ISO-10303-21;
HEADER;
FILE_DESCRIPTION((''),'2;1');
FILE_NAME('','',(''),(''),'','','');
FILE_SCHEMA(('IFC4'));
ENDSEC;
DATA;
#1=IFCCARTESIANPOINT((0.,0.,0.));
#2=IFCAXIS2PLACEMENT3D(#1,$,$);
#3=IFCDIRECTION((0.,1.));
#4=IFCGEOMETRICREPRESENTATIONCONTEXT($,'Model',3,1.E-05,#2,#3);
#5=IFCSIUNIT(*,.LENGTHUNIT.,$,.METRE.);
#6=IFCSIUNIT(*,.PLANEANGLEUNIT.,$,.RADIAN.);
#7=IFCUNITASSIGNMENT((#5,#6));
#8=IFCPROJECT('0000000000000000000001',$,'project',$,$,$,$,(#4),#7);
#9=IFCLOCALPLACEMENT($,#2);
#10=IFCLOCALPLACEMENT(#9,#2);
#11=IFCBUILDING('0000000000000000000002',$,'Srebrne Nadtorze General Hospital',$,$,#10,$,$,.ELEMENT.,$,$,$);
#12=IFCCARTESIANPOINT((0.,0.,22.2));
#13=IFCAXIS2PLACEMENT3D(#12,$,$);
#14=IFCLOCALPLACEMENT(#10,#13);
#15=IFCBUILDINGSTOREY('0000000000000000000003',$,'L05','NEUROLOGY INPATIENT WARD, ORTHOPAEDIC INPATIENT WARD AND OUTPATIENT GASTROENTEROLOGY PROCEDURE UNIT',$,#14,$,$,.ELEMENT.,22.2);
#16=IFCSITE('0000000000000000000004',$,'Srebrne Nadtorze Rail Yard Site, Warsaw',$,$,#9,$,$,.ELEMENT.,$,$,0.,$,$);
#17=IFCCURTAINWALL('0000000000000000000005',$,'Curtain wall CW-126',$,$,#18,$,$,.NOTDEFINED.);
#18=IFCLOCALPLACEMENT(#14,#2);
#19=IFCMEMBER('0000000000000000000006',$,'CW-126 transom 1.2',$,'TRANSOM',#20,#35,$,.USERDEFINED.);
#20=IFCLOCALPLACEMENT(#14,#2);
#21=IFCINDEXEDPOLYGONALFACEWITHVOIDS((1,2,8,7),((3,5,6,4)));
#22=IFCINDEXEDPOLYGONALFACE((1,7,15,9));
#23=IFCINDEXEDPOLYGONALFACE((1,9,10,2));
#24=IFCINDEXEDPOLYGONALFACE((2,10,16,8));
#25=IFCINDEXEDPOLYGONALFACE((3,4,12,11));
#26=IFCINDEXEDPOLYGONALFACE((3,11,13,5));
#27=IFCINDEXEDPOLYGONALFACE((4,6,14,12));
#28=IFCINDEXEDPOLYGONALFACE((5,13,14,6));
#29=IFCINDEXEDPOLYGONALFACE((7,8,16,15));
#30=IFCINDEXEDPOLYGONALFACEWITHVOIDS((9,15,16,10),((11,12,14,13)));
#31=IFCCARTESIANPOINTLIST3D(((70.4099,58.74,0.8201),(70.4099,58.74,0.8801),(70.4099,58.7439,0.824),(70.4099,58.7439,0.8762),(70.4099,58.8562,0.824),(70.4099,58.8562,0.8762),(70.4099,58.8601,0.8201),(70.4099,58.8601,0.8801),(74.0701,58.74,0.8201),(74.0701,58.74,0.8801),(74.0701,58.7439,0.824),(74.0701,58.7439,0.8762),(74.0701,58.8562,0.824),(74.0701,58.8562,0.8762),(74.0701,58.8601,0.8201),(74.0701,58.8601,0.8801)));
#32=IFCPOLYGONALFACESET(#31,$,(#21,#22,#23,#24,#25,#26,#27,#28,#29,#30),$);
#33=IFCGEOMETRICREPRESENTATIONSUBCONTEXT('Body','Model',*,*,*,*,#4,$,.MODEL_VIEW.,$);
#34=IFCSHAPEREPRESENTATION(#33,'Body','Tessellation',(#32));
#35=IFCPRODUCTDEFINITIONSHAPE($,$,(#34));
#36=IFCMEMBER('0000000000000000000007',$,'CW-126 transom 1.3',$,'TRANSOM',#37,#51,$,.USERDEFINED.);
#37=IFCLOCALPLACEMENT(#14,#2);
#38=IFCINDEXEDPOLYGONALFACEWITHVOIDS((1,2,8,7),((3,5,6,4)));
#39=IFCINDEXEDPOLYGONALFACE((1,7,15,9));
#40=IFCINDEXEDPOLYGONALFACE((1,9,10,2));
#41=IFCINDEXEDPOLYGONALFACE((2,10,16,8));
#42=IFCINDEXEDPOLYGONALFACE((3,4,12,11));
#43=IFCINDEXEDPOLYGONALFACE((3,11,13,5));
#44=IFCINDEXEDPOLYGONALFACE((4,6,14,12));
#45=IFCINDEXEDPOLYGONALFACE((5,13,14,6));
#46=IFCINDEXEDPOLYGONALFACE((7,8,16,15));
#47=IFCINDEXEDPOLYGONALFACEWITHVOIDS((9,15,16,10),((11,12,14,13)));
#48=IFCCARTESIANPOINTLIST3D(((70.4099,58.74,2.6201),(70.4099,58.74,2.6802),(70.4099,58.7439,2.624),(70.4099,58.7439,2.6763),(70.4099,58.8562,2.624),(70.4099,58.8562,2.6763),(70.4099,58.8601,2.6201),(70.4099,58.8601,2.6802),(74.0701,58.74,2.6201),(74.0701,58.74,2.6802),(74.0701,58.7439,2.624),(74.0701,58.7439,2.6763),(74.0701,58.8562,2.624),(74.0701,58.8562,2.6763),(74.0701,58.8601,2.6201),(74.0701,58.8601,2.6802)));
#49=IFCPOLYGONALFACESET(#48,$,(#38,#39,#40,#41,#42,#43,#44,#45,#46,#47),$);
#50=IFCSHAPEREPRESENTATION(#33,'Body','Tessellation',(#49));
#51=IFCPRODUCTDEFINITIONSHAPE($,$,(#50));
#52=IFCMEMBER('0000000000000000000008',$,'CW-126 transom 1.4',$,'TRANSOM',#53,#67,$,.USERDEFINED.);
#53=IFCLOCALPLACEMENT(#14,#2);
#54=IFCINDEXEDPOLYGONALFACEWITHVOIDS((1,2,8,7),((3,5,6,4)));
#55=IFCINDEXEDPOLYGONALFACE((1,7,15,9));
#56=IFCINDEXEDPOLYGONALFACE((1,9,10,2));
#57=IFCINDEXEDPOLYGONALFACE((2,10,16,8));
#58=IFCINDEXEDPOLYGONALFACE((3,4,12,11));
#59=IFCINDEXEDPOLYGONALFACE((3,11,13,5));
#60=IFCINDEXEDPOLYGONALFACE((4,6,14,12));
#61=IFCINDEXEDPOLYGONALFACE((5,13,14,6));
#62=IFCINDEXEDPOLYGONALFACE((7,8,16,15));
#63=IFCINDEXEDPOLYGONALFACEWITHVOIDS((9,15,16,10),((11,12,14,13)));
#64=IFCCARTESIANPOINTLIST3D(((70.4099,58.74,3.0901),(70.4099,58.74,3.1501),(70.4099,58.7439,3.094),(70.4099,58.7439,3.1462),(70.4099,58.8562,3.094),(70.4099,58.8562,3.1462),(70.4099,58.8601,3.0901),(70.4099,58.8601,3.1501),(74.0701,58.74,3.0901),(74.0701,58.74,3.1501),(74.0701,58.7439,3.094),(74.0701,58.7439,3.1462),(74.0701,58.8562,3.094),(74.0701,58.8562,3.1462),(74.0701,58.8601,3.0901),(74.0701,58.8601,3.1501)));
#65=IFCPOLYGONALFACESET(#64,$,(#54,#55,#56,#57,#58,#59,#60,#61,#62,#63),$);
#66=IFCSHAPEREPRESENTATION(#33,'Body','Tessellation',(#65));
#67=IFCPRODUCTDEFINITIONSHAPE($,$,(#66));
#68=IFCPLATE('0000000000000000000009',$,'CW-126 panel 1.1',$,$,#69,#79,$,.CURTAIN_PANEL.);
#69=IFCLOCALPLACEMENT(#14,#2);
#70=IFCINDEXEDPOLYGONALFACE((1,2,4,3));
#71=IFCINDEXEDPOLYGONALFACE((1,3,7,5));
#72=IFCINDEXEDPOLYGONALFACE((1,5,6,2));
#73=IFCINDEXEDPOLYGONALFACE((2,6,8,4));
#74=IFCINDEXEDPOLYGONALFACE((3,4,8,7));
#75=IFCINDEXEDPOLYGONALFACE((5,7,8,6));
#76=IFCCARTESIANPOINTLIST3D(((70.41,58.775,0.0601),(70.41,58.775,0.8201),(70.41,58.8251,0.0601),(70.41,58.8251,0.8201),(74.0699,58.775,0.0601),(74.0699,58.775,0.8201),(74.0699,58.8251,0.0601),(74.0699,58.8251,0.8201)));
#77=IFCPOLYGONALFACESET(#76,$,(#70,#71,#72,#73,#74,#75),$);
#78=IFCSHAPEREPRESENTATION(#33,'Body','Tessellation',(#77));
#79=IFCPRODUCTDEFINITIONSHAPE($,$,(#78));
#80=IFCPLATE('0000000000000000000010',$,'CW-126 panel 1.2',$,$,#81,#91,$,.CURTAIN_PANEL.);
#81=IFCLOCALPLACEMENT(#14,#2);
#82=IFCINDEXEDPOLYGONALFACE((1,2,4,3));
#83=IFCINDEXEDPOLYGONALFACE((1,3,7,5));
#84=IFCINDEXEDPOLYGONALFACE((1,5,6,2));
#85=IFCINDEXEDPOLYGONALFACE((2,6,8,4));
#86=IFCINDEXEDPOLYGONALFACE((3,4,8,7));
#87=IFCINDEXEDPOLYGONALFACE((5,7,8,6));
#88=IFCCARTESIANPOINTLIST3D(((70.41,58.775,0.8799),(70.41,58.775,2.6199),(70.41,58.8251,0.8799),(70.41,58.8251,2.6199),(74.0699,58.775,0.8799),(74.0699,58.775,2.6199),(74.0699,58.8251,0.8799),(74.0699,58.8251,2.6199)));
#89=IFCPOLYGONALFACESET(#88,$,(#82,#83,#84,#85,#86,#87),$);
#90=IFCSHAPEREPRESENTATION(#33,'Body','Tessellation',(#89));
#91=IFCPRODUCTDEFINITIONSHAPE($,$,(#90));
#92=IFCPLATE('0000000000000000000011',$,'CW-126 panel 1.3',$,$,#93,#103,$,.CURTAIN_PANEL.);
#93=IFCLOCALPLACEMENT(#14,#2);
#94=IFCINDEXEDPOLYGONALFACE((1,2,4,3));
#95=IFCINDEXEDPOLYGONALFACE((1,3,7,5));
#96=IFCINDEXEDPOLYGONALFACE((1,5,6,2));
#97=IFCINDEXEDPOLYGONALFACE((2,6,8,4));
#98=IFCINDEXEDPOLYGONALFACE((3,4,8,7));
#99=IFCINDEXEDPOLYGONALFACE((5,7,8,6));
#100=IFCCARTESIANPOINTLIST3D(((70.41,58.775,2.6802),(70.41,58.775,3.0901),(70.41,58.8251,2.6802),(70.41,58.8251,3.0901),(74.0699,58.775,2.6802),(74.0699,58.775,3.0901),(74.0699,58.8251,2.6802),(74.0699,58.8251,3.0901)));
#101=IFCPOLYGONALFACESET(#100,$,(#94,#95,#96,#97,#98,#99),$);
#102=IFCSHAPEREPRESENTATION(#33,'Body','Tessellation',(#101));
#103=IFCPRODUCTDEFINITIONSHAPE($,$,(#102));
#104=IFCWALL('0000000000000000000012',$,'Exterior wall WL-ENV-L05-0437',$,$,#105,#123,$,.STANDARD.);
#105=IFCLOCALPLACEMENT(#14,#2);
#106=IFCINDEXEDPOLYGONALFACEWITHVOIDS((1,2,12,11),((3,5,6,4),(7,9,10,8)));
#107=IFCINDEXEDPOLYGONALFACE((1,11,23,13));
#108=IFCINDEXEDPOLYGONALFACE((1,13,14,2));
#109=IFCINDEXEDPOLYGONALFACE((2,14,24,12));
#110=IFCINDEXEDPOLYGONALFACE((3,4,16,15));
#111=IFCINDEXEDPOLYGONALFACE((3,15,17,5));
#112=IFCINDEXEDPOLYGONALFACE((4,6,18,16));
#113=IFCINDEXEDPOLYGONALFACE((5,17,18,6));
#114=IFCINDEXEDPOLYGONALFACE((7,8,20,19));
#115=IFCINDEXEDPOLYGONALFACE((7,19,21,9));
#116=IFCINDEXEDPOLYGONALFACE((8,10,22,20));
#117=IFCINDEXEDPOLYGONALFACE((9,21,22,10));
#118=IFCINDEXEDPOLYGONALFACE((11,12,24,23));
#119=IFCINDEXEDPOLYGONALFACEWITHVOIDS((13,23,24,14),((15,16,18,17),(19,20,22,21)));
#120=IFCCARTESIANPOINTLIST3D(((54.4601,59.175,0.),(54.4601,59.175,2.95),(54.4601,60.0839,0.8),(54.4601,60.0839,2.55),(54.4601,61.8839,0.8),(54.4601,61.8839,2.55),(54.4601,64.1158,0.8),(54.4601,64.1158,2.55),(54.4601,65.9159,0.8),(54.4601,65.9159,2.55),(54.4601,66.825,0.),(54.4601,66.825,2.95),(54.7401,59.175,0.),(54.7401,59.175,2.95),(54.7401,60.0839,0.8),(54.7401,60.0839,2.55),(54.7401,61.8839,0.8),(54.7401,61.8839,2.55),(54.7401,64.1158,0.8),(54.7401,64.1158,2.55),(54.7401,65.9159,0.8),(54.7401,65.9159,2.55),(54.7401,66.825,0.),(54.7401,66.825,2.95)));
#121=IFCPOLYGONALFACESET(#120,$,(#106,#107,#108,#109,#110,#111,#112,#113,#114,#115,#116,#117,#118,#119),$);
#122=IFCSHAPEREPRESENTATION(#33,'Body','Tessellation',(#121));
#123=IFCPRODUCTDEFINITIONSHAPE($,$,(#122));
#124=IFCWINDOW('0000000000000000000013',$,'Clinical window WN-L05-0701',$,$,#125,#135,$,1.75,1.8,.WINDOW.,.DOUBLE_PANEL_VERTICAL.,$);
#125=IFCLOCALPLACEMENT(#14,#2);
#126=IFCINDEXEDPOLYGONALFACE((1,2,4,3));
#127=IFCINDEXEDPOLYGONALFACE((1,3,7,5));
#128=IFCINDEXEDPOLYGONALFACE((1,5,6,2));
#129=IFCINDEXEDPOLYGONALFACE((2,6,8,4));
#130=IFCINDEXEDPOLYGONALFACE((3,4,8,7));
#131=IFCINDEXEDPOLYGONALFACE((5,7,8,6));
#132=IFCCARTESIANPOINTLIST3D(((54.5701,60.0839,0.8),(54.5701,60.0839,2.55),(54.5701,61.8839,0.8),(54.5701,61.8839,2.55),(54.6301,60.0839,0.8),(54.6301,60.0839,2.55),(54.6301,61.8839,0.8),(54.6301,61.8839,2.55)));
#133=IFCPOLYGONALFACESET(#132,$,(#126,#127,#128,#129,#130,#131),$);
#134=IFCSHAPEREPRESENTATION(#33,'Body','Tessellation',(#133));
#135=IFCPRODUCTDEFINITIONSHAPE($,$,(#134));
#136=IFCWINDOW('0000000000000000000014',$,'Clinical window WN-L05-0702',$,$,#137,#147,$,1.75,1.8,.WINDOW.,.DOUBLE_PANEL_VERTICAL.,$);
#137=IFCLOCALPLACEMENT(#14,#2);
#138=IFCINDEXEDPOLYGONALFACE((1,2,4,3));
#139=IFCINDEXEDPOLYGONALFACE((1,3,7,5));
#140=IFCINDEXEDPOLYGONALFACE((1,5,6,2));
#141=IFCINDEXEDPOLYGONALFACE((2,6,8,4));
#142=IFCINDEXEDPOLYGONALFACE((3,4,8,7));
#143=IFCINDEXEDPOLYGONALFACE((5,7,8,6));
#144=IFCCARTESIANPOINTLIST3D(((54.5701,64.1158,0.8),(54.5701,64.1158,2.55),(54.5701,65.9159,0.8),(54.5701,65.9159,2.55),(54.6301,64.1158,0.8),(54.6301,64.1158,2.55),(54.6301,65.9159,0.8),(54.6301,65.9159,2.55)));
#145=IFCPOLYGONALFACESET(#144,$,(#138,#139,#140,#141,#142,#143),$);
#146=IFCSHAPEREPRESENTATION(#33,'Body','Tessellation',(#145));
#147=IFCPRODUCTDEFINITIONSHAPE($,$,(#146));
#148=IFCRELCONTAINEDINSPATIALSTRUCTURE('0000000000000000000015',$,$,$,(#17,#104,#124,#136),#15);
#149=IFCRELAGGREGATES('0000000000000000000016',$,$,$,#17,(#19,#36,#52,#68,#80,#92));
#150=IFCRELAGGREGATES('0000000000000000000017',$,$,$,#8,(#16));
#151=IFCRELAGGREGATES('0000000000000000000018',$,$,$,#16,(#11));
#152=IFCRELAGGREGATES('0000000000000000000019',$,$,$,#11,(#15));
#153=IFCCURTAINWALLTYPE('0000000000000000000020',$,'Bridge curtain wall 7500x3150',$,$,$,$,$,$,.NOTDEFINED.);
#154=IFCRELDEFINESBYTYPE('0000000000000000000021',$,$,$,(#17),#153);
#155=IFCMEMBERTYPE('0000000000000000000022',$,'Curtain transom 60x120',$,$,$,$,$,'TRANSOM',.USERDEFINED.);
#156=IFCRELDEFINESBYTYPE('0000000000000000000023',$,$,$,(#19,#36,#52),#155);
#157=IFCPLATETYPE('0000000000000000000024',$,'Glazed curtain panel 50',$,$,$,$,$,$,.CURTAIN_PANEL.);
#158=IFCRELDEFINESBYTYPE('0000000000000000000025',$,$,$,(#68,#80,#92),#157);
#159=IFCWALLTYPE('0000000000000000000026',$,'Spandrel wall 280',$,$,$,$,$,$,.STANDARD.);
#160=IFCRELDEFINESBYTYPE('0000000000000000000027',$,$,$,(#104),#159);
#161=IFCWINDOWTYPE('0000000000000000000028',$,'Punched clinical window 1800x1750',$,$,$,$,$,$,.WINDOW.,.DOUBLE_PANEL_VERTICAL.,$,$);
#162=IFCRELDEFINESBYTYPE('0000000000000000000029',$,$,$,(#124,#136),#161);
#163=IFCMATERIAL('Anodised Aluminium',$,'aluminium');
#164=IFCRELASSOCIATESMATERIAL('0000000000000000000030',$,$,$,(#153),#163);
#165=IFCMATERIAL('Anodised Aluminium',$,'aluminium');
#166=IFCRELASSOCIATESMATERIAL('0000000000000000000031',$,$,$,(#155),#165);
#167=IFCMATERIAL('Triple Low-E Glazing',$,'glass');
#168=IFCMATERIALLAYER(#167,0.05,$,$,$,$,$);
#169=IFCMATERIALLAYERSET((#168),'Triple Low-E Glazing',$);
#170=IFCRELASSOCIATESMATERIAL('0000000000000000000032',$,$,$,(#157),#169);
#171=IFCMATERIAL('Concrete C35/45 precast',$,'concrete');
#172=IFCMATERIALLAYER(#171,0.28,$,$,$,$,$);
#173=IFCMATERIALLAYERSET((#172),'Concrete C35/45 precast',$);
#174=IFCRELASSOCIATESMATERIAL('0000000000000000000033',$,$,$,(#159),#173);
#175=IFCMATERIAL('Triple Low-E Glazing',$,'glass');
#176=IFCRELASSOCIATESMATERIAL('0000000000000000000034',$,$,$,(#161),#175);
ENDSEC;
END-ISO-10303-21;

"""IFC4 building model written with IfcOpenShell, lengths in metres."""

from ifc_helpers import new_model, si_unit, direction, frame, frame_2d, origin, origin_2d, place, context, subcontext, project, spatial, rectangle, hollow_rectangle, extrude, material, layer, layer_set, material_profile, profile_set, type_object, element, fill, aggregate, save


model = new_model("IFC4")

# Units and contexts
model_context = context("Model", 3, precision=1e-05, world=origin(), true_north=direction((0.0, 1.0)))
body_context = subcontext(model_context, "Body", "Model", "MODEL_VIEW")
ifc_project = project(units=[si_unit("LENGTHUNIT", "METRE"), si_unit("PLANEANGLEUNIT", "RADIAN")], contexts=[model_context])

# Site, building, storey
site_placement = place(None, origin())
site = spatial("IfcSite", under=ifc_project, at=site_placement, Name="Srebrne Nadtorze Rail Yard Site, Warsaw", CompositionType="ELEMENT", RefElevation=0.0)
building_placement = place(site_placement, origin())
building = spatial("IfcBuilding", under=site, at=building_placement, Name="Srebrne Nadtorze General Hospital", CompositionType="ELEMENT")
storey_placement = place(building_placement, frame((0.0, 0.0, 22.2)))
storey = spatial("IfcBuildingStorey", under=building, at=storey_placement, Name="L05", Description="NEUROLOGY INPATIENT WARD, ORTHOPAEDIC INPATIENT WARD AND OUTPATIENT GASTROENTEROLOGY PROCEDURE UNIT", CompositionType="ELEMENT", Elevation=22.2)

# Curtain wall, members, plates
ifc_material_1 = material(Name="Anodised Aluminium", Category="aluminium")
curtain_wall_type = type_object("IfcCurtainWallType", Name="Bridge curtain wall 7500x3150", PredefinedType="NOTDEFINED", material=ifc_material_1)
curtain_wall_placement = place(storey_placement, origin())
curtain_wall = element("IfcCurtainWall", 1, at=curtain_wall_placement, inside=storey, type_object=curtain_wall_type, Name="Curtain wall CW-126", PredefinedType="NOTDEFINED")
ifc_material_2 = material(Name="Anodised Aluminium", Category="aluminium")
ifc_material_profile_1 = material_profile(ifc_material_2, hollow_rectangle(XDim=0.0601, YDim=0.1201, WallThickness=0.0039, at=origin_2d()), Name="AL-TRN-60x120")
ifc_profile_set_1 = profile_set([ifc_material_profile_1], Name="Anodised Aluminium")
member_type_1 = type_object("IfcMemberType", Name="Curtain transom 60x120", ElementType="TRANSOM", PredefinedType="USERDEFINED", material=ifc_profile_set_1)
member_1_placement = place(storey_placement, frame((70.4099, 58.8, 0.8501), z_axis=(1.0, 0.0, 0.0), x_axis=(0.0, 0.0, 1.0)))
member_1 = element("IfcMember", 2, at=member_1_placement, type_object=member_type_1, Name="CW-126 transom 1.2", ObjectType="TRANSOM", PredefinedType="USERDEFINED", context=body_context, shape_type="SweptSolid", body=[
    extrude(hollow_rectangle(XDim=0.0601, YDim=0.1201, WallThickness=0.0039, at=origin_2d()), origin(), (0.0, 0.0, 1.0), 3.6602),
])
member_2_placement = place(storey_placement, frame((70.4099, 58.8, 2.6501), z_axis=(1.0, 0.0, 0.0), x_axis=(0.0, 0.0, 1.0)))
member_2 = element("IfcMember", 3, at=member_2_placement, type_object=member_type_1, Name="CW-126 transom 1.3", ObjectType="TRANSOM", PredefinedType="USERDEFINED", context=body_context, shape_type="SweptSolid", body=[
    extrude(hollow_rectangle(XDim=0.0601, YDim=0.1201, WallThickness=0.0039, at=origin_2d()), origin(), (0.0, 0.0, 1.0), 3.6602),
])
member_3_placement = place(storey_placement, frame((70.4099, 58.8, 3.1201), z_axis=(1.0, 0.0, 0.0), x_axis=(0.0, 0.0, 1.0)))
member_3 = element("IfcMember", 4, at=member_3_placement, type_object=member_type_1, Name="CW-126 transom 1.4", ObjectType="TRANSOM", PredefinedType="USERDEFINED", context=body_context, shape_type="SweptSolid", body=[
    extrude(hollow_rectangle(XDim=0.0601, YDim=0.1201, WallThickness=0.0039, at=origin_2d()), origin(), (0.0, 0.0, 1.0), 3.6602),
])
ifc_material_3 = material(Name="Triple Low-E Glazing", Category="glass")
ifc_layer_1 = layer(ifc_material_3, 0.05)
ifc_layer_set_1 = layer_set([ifc_layer_1], Name="Triple Low-E Glazing")
plate_type = type_object("IfcPlateType", Name="Glazed curtain panel 50", PredefinedType="CURTAIN_PANEL", material=ifc_layer_set_1)
plate_1_placement = place(storey_placement, frame((72.24, 58.8, 0.0601), z_axis=(0.0, 0.0, 1.0), x_axis=(1.0, 0.0, 0.0)))
plate_1 = element("IfcPlate", 5, at=plate_1_placement, type_object=plate_type, Name="CW-126 panel 1.1", PredefinedType="CURTAIN_PANEL", context=body_context, shape_type="SweptSolid", body=[
    extrude(rectangle(XDim=3.6599, YDim=0.05, at=origin_2d()), origin(), (0.0, 0.0, 1.0), 0.76),
])
plate_2_placement = place(storey_placement, frame((72.24, 58.8, 0.8799), z_axis=(0.0, 0.0, 1.0), x_axis=(1.0, 0.0, 0.0)))
plate_2 = element("IfcPlate", 6, at=plate_2_placement, type_object=plate_type, Name="CW-126 panel 1.2", PredefinedType="CURTAIN_PANEL", context=body_context, shape_type="SweptSolid", body=[
    extrude(rectangle(XDim=3.6599, YDim=0.05, at=origin_2d()), origin(), (0.0, 0.0, 1.0), 1.74),
])
plate_3_placement = place(storey_placement, frame((72.24, 58.8, 2.6802), z_axis=(0.0, 0.0, 1.0), x_axis=(1.0, 0.0, 0.0)))
plate_3 = element("IfcPlate", 7, at=plate_3_placement, type_object=plate_type, Name="CW-126 panel 1.3", PredefinedType="CURTAIN_PANEL", context=body_context, shape_type="SweptSolid", body=[
    extrude(rectangle(XDim=3.6599, YDim=0.05, at=origin_2d()), origin(), (0.0, 0.0, 1.0), 0.4099),
])
aggregate(curtain_wall, [member_1, member_2, member_3, plate_1, plate_2, plate_3])

# Wall, openings, windows
ifc_material_4 = material(Name="Concrete C35/45 precast", Category="concrete")
ifc_layer_2 = layer(ifc_material_4, 0.28)
ifc_layer_set_2 = layer_set([ifc_layer_2], Name="Concrete C35/45 precast")
wall_type = type_object("IfcWallType", Name="Spandrel wall 280", PredefinedType="STANDARD", material=ifc_layer_set_2)
wall_1_placement = place(storey_placement, frame((54.6001, 59.175, 0.0), z_axis=(0.0, 0.0, 1.0), x_axis=(0.0, 1.0, 0.0)))
wall_1 = element("IfcWall", 8, at=wall_1_placement, inside=storey, type_object=wall_type, Name="Exterior wall WL-ENV-L05-0437", PredefinedType="STANDARD", context=body_context, shape_type="SweptSolid", body=[
    extrude(rectangle(XDim=7.6499, YDim=0.28, at=frame_2d((3.825, 0.0))), origin(), (0.0, 0.0, 1.0), 2.95),
])
opening_1_placement = place(wall_1_placement, frame((0.9089, 0.0, 0.8)))
opening_1 = element("IfcOpeningElement", 9, at=opening_1_placement, cuts=wall_1, PredefinedType="OPENING", context=body_context, shape_type="SweptSolid", body=[
    extrude(rectangle(XDim=1.8, YDim=1.75, at=frame_2d((0.8999, 0.875))), frame((0.0, 0.1519, 0.0), z_axis=(0.0, -1.0, 0.0), x_axis=(1.0, 0.0, 0.0)), (0.0, 0.0, 1.0), 0.304),
])
opening_2_placement = place(wall_1_placement, frame((4.9409, 0.0, 0.8)))
opening_2 = element("IfcOpeningElement", 10, at=opening_2_placement, cuts=wall_1, PredefinedType="OPENING", context=body_context, shape_type="SweptSolid", body=[
    extrude(rectangle(XDim=1.8, YDim=1.75, at=frame_2d((0.8999, 0.875))), frame((0.0, 0.1519, 0.0), z_axis=(0.0, -1.0, 0.0), x_axis=(1.0, 0.0, 0.0)), (0.0, 0.0, 1.0), 0.304),
])
ifc_material_5 = material(Name="Triple Low-E Glazing", Category="glass")
window_type_1 = type_object("IfcWindowType", Name="Punched clinical window 1800x1750", PartitioningType="DOUBLE_PANEL_VERTICAL", PredefinedType="WINDOW", material=ifc_material_5)
window_1_placement = place(opening_1_placement, origin())
window_1 = element("IfcWindow", 11, at=window_1_placement, inside=storey, type_object=window_type_1, Name="Clinical window WN-L05-0701", OverallHeight=1.75, OverallWidth=1.8, PartitioningType="DOUBLE_PANEL_VERTICAL", PredefinedType="WINDOW", context=body_context, shape_type="SweptSolid", body=[
    extrude(rectangle(XDim=1.8, YDim=1.75, at=frame_2d((0.8999, 0.875))), frame((0.0, 0.03, 0.0), z_axis=(0.0, -1.0, 0.0), x_axis=(1.0, 0.0, 0.0)), (0.0, 0.0, 1.0), 0.0601),
])
fill(opening_1, window_1)
window_2_placement = place(opening_2_placement, origin())
window_2 = element("IfcWindow", 12, at=window_2_placement, inside=storey, type_object=window_type_1, Name="Clinical window WN-L05-0702", OverallHeight=1.75, OverallWidth=1.8, PartitioningType="DOUBLE_PANEL_VERTICAL", PredefinedType="WINDOW", context=body_context, shape_type="SweptSolid", body=[
    extrude(rectangle(XDim=1.8, YDim=1.75, at=frame_2d((0.8999, 0.875))), frame((0.0, 0.03, 0.0), z_axis=(0.0, -1.0, 0.0), x_axis=(1.0, 0.0, 0.0)), (0.0, 0.0, 1.0), 0.0601),
])
fill(opening_2, window_2)

save(model, "model.ifc")
